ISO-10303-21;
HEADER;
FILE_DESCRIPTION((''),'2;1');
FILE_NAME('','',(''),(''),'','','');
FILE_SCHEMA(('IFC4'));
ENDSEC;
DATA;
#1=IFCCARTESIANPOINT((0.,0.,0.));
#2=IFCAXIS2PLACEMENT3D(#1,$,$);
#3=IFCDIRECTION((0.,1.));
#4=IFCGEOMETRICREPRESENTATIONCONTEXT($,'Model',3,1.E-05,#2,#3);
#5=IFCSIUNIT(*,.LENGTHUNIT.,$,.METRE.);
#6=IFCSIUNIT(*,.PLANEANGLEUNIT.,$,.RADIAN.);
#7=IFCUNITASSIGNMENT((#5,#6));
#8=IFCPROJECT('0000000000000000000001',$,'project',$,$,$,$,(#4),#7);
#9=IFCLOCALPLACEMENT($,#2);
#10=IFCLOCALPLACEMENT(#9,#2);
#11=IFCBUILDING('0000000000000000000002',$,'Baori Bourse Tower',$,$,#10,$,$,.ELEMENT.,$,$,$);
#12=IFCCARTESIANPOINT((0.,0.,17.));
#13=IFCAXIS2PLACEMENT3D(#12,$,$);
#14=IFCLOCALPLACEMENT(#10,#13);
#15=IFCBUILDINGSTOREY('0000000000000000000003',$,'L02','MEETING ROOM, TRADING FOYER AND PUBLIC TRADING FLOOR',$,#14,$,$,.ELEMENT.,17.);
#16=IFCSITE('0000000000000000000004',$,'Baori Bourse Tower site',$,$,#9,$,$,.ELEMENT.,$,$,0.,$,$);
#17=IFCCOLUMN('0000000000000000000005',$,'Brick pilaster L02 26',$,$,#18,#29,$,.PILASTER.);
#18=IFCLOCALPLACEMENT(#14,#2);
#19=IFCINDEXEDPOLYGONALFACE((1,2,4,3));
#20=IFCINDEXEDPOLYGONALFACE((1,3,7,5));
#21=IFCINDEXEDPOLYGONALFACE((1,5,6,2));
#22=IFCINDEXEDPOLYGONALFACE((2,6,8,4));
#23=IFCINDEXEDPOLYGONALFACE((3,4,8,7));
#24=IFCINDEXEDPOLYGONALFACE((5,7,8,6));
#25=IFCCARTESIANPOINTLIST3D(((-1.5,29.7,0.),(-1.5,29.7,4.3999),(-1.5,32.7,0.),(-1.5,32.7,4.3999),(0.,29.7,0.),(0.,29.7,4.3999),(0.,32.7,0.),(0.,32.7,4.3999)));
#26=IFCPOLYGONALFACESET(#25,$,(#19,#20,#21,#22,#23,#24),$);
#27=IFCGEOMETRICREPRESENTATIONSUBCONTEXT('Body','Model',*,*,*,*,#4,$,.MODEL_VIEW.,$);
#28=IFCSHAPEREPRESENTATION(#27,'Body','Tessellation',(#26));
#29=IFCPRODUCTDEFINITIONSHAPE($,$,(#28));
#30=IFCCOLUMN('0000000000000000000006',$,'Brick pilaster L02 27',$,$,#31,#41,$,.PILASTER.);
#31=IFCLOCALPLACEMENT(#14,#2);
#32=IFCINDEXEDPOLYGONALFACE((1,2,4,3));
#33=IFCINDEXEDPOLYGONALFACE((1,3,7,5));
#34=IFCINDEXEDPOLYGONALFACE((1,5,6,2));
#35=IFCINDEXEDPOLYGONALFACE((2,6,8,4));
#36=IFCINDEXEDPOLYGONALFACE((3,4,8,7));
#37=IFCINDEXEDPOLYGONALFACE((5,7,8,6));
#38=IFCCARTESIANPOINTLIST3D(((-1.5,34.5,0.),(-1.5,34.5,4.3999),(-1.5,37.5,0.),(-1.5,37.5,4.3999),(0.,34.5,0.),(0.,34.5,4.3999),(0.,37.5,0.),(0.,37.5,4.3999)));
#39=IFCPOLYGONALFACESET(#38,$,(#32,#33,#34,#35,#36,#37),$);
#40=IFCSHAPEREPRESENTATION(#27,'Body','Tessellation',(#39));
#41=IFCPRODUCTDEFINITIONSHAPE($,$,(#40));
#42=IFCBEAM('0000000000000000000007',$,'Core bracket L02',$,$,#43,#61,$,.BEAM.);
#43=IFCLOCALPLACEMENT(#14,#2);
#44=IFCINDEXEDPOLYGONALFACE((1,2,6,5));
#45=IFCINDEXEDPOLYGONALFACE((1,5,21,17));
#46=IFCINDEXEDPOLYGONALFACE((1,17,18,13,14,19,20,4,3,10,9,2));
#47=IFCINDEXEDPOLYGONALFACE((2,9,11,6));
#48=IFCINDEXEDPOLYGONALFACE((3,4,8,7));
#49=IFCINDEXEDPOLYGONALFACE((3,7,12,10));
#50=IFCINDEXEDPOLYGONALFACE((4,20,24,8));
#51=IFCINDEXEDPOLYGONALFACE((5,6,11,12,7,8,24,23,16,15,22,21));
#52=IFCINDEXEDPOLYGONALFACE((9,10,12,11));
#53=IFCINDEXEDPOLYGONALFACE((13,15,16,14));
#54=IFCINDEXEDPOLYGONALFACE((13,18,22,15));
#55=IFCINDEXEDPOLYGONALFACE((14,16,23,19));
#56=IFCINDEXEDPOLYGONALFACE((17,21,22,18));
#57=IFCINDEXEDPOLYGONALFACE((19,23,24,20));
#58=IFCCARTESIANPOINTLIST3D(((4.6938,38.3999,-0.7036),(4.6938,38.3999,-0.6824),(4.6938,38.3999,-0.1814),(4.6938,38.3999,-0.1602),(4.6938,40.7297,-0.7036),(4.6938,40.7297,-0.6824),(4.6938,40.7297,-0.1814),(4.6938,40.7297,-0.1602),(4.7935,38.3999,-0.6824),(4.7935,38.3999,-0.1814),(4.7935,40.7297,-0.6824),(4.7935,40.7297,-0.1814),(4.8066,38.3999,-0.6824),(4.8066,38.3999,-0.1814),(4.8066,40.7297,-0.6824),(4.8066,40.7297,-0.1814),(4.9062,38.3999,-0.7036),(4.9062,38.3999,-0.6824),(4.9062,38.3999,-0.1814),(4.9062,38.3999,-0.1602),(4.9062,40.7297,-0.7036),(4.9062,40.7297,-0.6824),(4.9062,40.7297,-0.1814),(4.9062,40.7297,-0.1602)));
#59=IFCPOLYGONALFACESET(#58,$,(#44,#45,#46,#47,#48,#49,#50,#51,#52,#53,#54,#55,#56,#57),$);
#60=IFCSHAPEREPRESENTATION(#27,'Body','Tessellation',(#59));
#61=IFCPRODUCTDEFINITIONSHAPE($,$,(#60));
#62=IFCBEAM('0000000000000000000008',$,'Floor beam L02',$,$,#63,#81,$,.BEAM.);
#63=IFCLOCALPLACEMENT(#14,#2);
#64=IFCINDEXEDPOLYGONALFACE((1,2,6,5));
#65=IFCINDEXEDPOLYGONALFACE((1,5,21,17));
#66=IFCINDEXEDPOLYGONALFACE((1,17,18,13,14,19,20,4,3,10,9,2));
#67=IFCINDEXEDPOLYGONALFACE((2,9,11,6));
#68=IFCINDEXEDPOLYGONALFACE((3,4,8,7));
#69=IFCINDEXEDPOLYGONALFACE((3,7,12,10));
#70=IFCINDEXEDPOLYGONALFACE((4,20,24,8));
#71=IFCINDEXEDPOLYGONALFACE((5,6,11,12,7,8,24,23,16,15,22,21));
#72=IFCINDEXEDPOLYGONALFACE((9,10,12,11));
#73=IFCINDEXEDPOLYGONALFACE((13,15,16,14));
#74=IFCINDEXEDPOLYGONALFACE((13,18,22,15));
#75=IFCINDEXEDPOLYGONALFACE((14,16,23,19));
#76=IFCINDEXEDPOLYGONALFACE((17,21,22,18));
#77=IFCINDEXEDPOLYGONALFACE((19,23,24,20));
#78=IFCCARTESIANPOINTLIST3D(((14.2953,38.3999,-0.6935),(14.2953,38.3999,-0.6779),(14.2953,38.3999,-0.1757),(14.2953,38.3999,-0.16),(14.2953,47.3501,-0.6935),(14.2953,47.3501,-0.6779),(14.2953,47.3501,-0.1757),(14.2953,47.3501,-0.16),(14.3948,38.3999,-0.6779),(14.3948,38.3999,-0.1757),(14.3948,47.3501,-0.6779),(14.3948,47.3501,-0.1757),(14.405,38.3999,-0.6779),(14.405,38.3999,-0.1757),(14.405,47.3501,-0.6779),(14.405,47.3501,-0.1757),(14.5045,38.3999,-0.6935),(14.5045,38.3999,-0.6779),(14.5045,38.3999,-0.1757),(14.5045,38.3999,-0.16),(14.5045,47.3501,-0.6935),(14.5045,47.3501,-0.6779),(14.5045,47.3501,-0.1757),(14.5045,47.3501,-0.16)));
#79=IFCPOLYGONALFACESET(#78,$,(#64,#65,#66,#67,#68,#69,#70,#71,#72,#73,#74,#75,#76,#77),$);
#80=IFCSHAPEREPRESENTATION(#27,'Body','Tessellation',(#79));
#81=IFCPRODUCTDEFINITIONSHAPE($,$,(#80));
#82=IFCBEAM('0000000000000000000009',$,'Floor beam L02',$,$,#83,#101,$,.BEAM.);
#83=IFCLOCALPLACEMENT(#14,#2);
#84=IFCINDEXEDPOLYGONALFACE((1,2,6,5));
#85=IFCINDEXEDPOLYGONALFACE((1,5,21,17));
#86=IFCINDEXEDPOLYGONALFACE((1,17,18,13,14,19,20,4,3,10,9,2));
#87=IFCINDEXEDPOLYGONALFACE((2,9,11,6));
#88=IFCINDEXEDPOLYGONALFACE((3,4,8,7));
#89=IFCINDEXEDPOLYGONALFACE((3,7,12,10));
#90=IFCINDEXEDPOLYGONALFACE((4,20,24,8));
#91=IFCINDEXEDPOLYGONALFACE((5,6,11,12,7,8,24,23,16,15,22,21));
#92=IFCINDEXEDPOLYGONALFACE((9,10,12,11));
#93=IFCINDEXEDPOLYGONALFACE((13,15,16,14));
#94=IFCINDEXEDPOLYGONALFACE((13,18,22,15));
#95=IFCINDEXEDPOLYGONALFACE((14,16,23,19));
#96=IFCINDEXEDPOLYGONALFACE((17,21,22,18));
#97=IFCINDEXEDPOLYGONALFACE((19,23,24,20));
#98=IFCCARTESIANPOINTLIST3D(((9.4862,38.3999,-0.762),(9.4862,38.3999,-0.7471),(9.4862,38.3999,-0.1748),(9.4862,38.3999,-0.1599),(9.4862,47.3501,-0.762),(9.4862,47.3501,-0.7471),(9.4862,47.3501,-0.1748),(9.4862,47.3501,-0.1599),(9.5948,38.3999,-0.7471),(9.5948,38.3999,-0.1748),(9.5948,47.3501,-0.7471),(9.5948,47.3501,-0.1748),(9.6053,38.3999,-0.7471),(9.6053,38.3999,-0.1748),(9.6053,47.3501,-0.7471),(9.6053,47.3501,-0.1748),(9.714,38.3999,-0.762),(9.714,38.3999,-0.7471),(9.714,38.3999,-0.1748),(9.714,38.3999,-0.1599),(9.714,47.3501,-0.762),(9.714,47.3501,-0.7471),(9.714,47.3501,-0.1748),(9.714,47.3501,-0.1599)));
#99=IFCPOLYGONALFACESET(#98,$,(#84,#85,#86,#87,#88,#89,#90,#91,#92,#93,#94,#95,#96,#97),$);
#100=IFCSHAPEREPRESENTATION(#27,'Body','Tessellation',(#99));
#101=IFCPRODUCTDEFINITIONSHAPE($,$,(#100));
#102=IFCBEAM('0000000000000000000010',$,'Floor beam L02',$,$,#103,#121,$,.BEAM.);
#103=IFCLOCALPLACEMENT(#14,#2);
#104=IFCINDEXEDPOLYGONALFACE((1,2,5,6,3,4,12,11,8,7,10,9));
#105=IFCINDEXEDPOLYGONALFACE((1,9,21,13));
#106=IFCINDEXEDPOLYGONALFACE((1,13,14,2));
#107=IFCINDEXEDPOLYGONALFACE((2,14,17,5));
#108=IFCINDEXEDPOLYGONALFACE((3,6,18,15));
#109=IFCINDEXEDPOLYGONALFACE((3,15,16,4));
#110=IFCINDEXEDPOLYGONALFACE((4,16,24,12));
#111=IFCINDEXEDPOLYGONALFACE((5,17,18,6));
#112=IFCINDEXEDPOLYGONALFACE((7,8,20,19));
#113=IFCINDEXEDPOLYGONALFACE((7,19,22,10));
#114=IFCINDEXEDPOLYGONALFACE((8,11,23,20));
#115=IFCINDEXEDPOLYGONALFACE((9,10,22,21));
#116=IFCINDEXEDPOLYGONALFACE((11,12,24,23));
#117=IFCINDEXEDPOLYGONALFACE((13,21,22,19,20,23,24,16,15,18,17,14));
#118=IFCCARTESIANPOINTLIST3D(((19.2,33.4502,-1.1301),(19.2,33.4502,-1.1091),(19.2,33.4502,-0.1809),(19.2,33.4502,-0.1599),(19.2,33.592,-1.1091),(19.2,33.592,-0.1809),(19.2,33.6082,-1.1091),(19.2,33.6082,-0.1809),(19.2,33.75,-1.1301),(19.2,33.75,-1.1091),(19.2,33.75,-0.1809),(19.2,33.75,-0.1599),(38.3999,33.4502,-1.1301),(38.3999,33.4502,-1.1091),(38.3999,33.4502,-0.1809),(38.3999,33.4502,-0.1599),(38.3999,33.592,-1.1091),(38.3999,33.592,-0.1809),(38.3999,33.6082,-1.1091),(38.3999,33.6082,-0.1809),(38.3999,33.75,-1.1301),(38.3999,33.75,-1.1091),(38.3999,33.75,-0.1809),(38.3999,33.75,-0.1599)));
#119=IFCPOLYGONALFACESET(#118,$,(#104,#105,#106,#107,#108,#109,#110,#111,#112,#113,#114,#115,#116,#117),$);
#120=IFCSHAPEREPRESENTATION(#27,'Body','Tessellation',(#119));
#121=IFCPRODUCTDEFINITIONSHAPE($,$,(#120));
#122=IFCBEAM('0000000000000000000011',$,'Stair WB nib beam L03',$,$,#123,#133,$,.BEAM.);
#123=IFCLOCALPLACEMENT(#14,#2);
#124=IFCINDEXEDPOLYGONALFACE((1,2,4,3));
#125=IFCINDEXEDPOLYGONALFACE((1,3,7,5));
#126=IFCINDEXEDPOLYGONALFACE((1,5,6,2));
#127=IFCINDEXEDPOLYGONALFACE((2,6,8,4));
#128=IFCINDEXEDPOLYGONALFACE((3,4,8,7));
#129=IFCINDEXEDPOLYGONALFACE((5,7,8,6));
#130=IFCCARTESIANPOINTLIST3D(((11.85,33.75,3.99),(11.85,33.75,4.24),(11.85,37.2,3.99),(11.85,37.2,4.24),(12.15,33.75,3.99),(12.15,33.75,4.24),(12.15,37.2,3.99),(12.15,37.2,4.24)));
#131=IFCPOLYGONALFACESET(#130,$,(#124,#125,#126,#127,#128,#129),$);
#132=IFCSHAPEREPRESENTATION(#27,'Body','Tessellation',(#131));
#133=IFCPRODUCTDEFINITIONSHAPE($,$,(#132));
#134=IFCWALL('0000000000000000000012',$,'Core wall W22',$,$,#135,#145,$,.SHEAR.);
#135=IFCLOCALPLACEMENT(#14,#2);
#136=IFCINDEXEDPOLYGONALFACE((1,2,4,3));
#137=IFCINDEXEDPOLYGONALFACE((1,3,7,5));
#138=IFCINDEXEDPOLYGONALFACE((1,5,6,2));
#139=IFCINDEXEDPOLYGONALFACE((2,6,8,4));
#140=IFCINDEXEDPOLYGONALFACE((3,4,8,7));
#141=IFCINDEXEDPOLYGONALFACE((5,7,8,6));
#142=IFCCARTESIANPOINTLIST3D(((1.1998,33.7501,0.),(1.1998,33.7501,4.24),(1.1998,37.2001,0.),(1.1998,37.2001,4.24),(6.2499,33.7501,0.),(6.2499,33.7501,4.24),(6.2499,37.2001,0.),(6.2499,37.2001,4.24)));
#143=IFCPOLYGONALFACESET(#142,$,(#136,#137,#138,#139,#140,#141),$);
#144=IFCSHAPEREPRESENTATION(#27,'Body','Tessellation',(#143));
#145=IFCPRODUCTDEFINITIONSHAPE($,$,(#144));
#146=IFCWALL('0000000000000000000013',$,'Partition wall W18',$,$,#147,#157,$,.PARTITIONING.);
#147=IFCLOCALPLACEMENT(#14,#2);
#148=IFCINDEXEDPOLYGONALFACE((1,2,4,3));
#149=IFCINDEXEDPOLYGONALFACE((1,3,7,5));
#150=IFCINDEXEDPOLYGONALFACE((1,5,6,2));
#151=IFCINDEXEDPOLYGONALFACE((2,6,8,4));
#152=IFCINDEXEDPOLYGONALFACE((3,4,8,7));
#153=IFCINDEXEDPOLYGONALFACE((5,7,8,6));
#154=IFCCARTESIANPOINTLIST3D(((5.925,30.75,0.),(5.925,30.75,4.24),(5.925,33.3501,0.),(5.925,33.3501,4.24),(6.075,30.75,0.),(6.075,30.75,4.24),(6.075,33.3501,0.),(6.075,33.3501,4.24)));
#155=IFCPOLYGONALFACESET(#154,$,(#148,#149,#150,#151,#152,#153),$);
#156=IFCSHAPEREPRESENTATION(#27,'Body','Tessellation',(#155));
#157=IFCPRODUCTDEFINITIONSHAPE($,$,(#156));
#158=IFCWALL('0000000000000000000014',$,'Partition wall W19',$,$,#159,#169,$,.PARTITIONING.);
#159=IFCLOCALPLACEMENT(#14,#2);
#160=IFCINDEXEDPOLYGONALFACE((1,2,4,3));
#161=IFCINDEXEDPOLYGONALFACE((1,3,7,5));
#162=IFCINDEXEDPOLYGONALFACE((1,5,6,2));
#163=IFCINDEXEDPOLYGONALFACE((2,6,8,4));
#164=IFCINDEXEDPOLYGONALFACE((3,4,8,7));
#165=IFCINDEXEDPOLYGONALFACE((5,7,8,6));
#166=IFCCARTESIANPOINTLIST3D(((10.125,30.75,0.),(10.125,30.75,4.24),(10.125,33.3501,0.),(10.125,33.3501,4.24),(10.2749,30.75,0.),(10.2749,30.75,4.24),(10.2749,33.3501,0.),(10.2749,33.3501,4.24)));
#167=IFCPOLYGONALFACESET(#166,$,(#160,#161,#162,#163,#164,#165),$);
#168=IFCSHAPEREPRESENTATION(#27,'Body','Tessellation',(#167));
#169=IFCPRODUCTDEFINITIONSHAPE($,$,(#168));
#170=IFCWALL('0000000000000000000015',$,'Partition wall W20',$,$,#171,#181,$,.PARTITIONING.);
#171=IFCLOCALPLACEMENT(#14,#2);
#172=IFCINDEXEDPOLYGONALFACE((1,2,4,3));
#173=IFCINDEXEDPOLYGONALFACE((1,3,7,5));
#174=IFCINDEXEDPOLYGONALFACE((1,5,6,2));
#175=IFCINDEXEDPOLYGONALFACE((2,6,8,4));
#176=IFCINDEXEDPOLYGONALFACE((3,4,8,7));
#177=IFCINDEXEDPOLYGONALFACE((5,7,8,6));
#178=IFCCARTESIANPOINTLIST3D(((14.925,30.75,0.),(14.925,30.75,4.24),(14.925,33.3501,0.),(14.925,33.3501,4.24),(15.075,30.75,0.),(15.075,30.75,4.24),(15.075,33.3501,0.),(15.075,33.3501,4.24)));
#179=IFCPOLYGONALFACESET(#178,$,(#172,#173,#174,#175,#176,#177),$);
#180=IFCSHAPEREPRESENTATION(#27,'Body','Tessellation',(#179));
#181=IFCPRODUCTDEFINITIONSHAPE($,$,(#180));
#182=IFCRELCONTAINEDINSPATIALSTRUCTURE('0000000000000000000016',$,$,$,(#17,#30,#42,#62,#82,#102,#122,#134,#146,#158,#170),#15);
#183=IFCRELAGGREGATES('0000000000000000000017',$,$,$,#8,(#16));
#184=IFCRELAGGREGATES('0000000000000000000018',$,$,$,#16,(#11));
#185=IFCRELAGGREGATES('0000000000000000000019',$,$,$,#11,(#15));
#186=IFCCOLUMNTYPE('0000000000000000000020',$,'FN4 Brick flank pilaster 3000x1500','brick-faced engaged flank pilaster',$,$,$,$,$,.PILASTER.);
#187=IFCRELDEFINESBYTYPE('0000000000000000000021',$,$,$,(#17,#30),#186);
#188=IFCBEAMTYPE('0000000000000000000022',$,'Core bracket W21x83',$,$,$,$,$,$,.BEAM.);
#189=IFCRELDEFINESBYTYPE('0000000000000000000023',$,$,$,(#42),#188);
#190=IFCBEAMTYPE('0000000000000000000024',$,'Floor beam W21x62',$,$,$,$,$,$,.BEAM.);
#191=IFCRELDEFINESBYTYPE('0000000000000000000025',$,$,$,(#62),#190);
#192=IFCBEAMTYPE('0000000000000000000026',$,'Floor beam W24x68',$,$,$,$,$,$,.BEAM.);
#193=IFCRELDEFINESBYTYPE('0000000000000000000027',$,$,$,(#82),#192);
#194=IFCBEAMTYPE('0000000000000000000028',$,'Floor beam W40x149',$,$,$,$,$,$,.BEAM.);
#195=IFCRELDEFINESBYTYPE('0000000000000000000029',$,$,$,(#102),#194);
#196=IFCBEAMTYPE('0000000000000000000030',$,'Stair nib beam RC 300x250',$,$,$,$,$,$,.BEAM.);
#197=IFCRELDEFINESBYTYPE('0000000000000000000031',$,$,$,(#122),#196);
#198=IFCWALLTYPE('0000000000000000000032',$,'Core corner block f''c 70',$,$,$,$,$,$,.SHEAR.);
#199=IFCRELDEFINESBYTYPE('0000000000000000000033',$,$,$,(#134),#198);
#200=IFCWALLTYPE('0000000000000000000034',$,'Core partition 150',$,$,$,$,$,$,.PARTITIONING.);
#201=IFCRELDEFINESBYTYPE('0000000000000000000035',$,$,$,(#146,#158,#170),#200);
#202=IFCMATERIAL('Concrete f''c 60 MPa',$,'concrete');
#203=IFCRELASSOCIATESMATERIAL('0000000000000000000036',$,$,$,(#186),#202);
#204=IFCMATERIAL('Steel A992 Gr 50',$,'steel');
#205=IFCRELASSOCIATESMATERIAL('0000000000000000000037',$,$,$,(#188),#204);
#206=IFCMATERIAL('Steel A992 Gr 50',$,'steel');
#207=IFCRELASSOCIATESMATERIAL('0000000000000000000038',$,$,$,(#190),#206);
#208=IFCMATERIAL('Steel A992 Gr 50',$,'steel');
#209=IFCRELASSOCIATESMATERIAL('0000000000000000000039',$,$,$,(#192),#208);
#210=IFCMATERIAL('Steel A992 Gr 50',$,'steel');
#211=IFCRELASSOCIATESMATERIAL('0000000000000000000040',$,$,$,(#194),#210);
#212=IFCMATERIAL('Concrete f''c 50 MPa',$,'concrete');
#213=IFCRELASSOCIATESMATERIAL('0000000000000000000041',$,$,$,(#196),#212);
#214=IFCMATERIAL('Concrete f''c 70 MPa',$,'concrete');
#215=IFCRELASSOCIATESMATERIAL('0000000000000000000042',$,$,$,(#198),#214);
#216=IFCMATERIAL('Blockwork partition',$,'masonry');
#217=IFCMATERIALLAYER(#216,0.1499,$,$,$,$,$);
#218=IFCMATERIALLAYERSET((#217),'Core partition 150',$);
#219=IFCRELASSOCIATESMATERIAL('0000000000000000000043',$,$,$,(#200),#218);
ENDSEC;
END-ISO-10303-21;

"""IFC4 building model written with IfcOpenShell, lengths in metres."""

from ifc_helpers import new_model, si_unit, direction, frame, frame_2d, origin, origin_2d, place, context, subcontext, project, spatial, rectangle, i_section, extrude, material, layer, layer_set, material_profile, profile_set, type_object, element, save


model = new_model("IFC4")

# Units and contexts
model_context = context("Model", 3, precision=1e-05, world=origin(), true_north=direction((0.0, 1.0)))
body_context = subcontext(model_context, "Body", "Model", "MODEL_VIEW")
ifc_project = project(units=[si_unit("LENGTHUNIT", "METRE"), si_unit("PLANEANGLEUNIT", "RADIAN")], contexts=[model_context])

# Site, building, storey
site_placement = place(None, origin())
site = spatial("IfcSite", under=ifc_project, at=site_placement, Name="Baori Bourse Tower site", CompositionType="ELEMENT", RefElevation=0.0)
building_placement = place(site_placement, origin())
building = spatial("IfcBuilding", under=site, at=building_placement, Name="Baori Bourse Tower", CompositionType="ELEMENT")
storey_placement = place(building_placement, frame((0.0, 0.0, 17.0)))
storey = spatial("IfcBuildingStorey", under=building, at=storey_placement, Name="L02", Description="MEETING ROOM, TRADING FOYER AND PUBLIC TRADING FLOOR", CompositionType="ELEMENT", Elevation=17.0)

# Columns
ifc_material_1 = material(Name="Concrete f'c 60 MPa", Category="concrete")
ifc_material_profile_1 = material_profile(ifc_material_1, rectangle(XDim=3.0, YDim=1.5, at=origin_2d()), Name="RC 3000x1500")
ifc_profile_set_1 = profile_set([ifc_material_profile_1], Name="Concrete f'c 60 MPa")
column_type = type_object("IfcColumnType", Name="FN4 Brick flank pilaster 3000x1500", Description="brick-faced engaged flank pilaster", PredefinedType="PILASTER", material=ifc_profile_set_1)
for number, where, z_axis, x_axis, name in (
    (1, (-0.75, 31.2, 0.0), (0.0, 0.0, 1.0), (0.0, 1.0, 0.0), "Brick pilaster L02 26"),
    (2, (-0.75, 36.0, 0.0), (0.0, 0.0, 1.0), (0.0, 1.0, 0.0), "Brick pilaster L02 27"),
):
    element("IfcColumn", number, at=place(storey_placement, frame(where, z_axis=z_axis, x_axis=x_axis)), inside=storey, type_object=column_type, Name=name, PredefinedType="PILASTER", context=body_context, shape_type="SweptSolid", body=[
        extrude(rectangle(XDim=3.0, YDim=1.5, at=origin_2d()), origin(), (0.0, 0.0, 1.0), 4.3999),
    ])

# Beams
ifc_material_2 = material(Name="Steel A992 Gr 50", Category="steel")
ifc_material_profile_2 = material_profile(ifc_material_2, i_section(OverallWidth=0.2124, OverallDepth=0.5435, WebThickness=0.0132, FlangeThickness=0.0212, at=origin_2d()), Name="W21x83")
ifc_profile_set_2 = profile_set([ifc_material_profile_2], Name="Steel A992 Gr 50")
beam_type_1 = type_object("IfcBeamType", Name="Core bracket W21x83", PredefinedType="BEAM", material=ifc_profile_set_2)
beam_1_placement = place(storey_placement, frame((4.8, 38.3999, -0.4319), z_axis=(0.0, 1.0, 0.0), x_axis=(-1.0, 0.0, 0.0)))
element("IfcBeam", 3, at=beam_1_placement, inside=storey, type_object=beam_type_1, Name="Core bracket L02", PredefinedType="BEAM", context=body_context, shape_type="SweptSolid", body=[
    extrude(i_section(OverallWidth=0.2124, OverallDepth=0.5435, WebThickness=0.0132, FlangeThickness=0.0212, at=origin_2d()), origin(), (0.0, 0.0, 1.0), 2.3298),
])
ifc_material_3 = material(Name="Steel A992 Gr 50", Category="steel")
ifc_material_profile_3 = material_profile(ifc_material_3, i_section(OverallWidth=0.2092, OverallDepth=0.5334, WebThickness=0.0103, FlangeThickness=0.0156, at=origin_2d()), Name="W21x62")
ifc_profile_set_3 = profile_set([ifc_material_profile_3], Name="Steel A992 Gr 50")
beam_type_2 = type_object("IfcBeamType", Name="Floor beam W21x62", PredefinedType="BEAM", material=ifc_profile_set_3)
beam_2_placement = place(storey_placement, frame((14.3999, 38.3999, -0.4268), z_axis=(0.0, 1.0, 0.0), x_axis=(-1.0, 0.0, 0.0)))
element("IfcBeam", 4, at=beam_2_placement, inside=storey, type_object=beam_type_2, Name="Floor beam L02", PredefinedType="BEAM", context=body_context, shape_type="SweptSolid", body=[
    extrude(i_section(OverallWidth=0.2092, OverallDepth=0.5334, WebThickness=0.0103, FlangeThickness=0.0156, at=origin_2d()), origin(), (0.0, 0.0, 1.0), 8.9502),
])
ifc_material_4 = material(Name="Steel A992 Gr 50", Category="steel")
ifc_material_profile_4 = material_profile(ifc_material_4, i_section(OverallWidth=0.2278, OverallDepth=0.6021, WebThickness=0.0105, FlangeThickness=0.0149, at=origin_2d()), Name="W24x68")
ifc_profile_set_4 = profile_set([ifc_material_profile_4], Name="Steel A992 Gr 50")
beam_type_3 = type_object("IfcBeamType", Name="Floor beam W24x68", PredefinedType="BEAM", material=ifc_profile_set_4)
beam_3_placement = place(storey_placement, frame((9.6001, 38.3999, -0.4609), z_axis=(0.0, 1.0, 0.0), x_axis=(-1.0, 0.0, 0.0)))
element("IfcBeam", 5, at=beam_3_placement, inside=storey, type_object=beam_type_3, Name="Floor beam L02", PredefinedType="BEAM", context=body_context, shape_type="SweptSolid", body=[
    extrude(i_section(OverallWidth=0.2278, OverallDepth=0.6021, WebThickness=0.0105, FlangeThickness=0.0149, at=origin_2d()), origin(), (0.0, 0.0, 1.0), 8.9502),
])
ifc_material_5 = material(Name="Steel A992 Gr 50", Category="steel")
ifc_material_profile_5 = material_profile(ifc_material_5, i_section(OverallWidth=0.2998, OverallDepth=0.9702, WebThickness=0.0161, FlangeThickness=0.021, at=origin_2d()), Name="W40x149")
ifc_profile_set_5 = profile_set([ifc_material_profile_5], Name="Steel A992 Gr 50")
beam_type_4 = type_object("IfcBeamType", Name="Floor beam W40x149", PredefinedType="BEAM", material=ifc_profile_set_5)
beam_4_placement = place(storey_placement, frame((19.2, 33.6001, -0.645), z_axis=(1.0, 0.0, 0.0), x_axis=(0.0, 1.0, 0.0)))
element("IfcBeam", 6, at=beam_4_placement, inside=storey, type_object=beam_type_4, Name="Floor beam L02", PredefinedType="BEAM", context=body_context, shape_type="SweptSolid", body=[
    extrude(i_section(OverallWidth=0.2998, OverallDepth=0.9702, WebThickness=0.0161, FlangeThickness=0.021, at=origin_2d()), origin(), (0.0, 0.0, 1.0), 19.2),
])
ifc_material_6 = material(Name="Concrete f'c 50 MPa", Category="concrete")
ifc_material_profile_6 = material_profile(ifc_material_6, rectangle(XDim=0.3, YDim=0.25, at=origin_2d()), Name="RC 300x250")
ifc_profile_set_6 = profile_set([ifc_material_profile_6], Name="Concrete f'c 50 MPa")
beam_type_5 = type_object("IfcBeamType", Name="Stair nib beam RC 300x250", PredefinedType="BEAM", material=ifc_profile_set_6)
beam_5_placement = place(storey_placement, frame((12.0, 33.75, 4.115), z_axis=(0.0, 1.0, 0.0), x_axis=(-1.0, 0.0, 0.0)))
element("IfcBeam", 7, at=beam_5_placement, inside=storey, type_object=beam_type_5, Name="Stair WB nib beam L03", PredefinedType="BEAM", context=body_context, shape_type="SweptSolid", body=[
    extrude(rectangle(XDim=0.3, YDim=0.25, at=origin_2d()), origin(), (0.0, 0.0, 1.0), 3.45),
])

# Walls
ifc_material_7 = material(Name="Concrete f'c 70 MPa", Category="concrete")
wall_type_1 = type_object("IfcWallType", Name="Core corner block f'c 70", PredefinedType="SHEAR", material=ifc_material_7)
wall_1_placement = place(storey_placement, frame((1.2, 35.4751, 0.0), z_axis=(0.0, 0.0, 1.0), x_axis=(1.0, 0.0, 0.0)))
element("IfcWall", 8, at=wall_1_placement, inside=storey, type_object=wall_type_1, Name="Core wall W22", PredefinedType="SHEAR", context=body_context, shape_type="SweptSolid", body=[
    extrude(rectangle(XDim=5.05, YDim=3.45, at=frame_2d((2.5249, 0.0))), origin(), (0.0, 0.0, 1.0), 4.24),
])
ifc_material_8 = material(Name="Blockwork partition", Category="masonry")
ifc_layer_1 = layer(ifc_material_8, 0.1499)
ifc_layer_set_1 = layer_set([ifc_layer_1], Name="Core partition 150")
wall_type_2 = type_object("IfcWallType", Name="Core partition 150", PredefinedType="PARTITIONING", material=ifc_layer_set_1)
for number, where, z_axis, x_axis, name in (
    (9, (6.0, 30.75, 0.0), (0.0, 0.0, 1.0), (0.0, 1.0, 0.0), "Partition wall W18"),
    (10, (10.2, 30.75, 0.0), (0.0, 0.0, 1.0), (0.0, 1.0, 0.0), "Partition wall W19"),
    (11, (15.0, 30.75, 0.0), (0.0, 0.0, 1.0), (0.0, 1.0, 0.0), "Partition wall W20"),
):
    element("IfcWall", number, at=place(storey_placement, frame(where, z_axis=z_axis, x_axis=x_axis)), inside=storey, type_object=wall_type_2, Name=name, PredefinedType="PARTITIONING", context=body_context, shape_type="SweptSolid", body=[
        extrude(rectangle(XDim=2.6001, YDim=0.1499, at=frame_2d((1.3, 0.0))), origin(), (0.0, 0.0, 1.0), 4.24),
    ])

save(model, "model.ifc")
